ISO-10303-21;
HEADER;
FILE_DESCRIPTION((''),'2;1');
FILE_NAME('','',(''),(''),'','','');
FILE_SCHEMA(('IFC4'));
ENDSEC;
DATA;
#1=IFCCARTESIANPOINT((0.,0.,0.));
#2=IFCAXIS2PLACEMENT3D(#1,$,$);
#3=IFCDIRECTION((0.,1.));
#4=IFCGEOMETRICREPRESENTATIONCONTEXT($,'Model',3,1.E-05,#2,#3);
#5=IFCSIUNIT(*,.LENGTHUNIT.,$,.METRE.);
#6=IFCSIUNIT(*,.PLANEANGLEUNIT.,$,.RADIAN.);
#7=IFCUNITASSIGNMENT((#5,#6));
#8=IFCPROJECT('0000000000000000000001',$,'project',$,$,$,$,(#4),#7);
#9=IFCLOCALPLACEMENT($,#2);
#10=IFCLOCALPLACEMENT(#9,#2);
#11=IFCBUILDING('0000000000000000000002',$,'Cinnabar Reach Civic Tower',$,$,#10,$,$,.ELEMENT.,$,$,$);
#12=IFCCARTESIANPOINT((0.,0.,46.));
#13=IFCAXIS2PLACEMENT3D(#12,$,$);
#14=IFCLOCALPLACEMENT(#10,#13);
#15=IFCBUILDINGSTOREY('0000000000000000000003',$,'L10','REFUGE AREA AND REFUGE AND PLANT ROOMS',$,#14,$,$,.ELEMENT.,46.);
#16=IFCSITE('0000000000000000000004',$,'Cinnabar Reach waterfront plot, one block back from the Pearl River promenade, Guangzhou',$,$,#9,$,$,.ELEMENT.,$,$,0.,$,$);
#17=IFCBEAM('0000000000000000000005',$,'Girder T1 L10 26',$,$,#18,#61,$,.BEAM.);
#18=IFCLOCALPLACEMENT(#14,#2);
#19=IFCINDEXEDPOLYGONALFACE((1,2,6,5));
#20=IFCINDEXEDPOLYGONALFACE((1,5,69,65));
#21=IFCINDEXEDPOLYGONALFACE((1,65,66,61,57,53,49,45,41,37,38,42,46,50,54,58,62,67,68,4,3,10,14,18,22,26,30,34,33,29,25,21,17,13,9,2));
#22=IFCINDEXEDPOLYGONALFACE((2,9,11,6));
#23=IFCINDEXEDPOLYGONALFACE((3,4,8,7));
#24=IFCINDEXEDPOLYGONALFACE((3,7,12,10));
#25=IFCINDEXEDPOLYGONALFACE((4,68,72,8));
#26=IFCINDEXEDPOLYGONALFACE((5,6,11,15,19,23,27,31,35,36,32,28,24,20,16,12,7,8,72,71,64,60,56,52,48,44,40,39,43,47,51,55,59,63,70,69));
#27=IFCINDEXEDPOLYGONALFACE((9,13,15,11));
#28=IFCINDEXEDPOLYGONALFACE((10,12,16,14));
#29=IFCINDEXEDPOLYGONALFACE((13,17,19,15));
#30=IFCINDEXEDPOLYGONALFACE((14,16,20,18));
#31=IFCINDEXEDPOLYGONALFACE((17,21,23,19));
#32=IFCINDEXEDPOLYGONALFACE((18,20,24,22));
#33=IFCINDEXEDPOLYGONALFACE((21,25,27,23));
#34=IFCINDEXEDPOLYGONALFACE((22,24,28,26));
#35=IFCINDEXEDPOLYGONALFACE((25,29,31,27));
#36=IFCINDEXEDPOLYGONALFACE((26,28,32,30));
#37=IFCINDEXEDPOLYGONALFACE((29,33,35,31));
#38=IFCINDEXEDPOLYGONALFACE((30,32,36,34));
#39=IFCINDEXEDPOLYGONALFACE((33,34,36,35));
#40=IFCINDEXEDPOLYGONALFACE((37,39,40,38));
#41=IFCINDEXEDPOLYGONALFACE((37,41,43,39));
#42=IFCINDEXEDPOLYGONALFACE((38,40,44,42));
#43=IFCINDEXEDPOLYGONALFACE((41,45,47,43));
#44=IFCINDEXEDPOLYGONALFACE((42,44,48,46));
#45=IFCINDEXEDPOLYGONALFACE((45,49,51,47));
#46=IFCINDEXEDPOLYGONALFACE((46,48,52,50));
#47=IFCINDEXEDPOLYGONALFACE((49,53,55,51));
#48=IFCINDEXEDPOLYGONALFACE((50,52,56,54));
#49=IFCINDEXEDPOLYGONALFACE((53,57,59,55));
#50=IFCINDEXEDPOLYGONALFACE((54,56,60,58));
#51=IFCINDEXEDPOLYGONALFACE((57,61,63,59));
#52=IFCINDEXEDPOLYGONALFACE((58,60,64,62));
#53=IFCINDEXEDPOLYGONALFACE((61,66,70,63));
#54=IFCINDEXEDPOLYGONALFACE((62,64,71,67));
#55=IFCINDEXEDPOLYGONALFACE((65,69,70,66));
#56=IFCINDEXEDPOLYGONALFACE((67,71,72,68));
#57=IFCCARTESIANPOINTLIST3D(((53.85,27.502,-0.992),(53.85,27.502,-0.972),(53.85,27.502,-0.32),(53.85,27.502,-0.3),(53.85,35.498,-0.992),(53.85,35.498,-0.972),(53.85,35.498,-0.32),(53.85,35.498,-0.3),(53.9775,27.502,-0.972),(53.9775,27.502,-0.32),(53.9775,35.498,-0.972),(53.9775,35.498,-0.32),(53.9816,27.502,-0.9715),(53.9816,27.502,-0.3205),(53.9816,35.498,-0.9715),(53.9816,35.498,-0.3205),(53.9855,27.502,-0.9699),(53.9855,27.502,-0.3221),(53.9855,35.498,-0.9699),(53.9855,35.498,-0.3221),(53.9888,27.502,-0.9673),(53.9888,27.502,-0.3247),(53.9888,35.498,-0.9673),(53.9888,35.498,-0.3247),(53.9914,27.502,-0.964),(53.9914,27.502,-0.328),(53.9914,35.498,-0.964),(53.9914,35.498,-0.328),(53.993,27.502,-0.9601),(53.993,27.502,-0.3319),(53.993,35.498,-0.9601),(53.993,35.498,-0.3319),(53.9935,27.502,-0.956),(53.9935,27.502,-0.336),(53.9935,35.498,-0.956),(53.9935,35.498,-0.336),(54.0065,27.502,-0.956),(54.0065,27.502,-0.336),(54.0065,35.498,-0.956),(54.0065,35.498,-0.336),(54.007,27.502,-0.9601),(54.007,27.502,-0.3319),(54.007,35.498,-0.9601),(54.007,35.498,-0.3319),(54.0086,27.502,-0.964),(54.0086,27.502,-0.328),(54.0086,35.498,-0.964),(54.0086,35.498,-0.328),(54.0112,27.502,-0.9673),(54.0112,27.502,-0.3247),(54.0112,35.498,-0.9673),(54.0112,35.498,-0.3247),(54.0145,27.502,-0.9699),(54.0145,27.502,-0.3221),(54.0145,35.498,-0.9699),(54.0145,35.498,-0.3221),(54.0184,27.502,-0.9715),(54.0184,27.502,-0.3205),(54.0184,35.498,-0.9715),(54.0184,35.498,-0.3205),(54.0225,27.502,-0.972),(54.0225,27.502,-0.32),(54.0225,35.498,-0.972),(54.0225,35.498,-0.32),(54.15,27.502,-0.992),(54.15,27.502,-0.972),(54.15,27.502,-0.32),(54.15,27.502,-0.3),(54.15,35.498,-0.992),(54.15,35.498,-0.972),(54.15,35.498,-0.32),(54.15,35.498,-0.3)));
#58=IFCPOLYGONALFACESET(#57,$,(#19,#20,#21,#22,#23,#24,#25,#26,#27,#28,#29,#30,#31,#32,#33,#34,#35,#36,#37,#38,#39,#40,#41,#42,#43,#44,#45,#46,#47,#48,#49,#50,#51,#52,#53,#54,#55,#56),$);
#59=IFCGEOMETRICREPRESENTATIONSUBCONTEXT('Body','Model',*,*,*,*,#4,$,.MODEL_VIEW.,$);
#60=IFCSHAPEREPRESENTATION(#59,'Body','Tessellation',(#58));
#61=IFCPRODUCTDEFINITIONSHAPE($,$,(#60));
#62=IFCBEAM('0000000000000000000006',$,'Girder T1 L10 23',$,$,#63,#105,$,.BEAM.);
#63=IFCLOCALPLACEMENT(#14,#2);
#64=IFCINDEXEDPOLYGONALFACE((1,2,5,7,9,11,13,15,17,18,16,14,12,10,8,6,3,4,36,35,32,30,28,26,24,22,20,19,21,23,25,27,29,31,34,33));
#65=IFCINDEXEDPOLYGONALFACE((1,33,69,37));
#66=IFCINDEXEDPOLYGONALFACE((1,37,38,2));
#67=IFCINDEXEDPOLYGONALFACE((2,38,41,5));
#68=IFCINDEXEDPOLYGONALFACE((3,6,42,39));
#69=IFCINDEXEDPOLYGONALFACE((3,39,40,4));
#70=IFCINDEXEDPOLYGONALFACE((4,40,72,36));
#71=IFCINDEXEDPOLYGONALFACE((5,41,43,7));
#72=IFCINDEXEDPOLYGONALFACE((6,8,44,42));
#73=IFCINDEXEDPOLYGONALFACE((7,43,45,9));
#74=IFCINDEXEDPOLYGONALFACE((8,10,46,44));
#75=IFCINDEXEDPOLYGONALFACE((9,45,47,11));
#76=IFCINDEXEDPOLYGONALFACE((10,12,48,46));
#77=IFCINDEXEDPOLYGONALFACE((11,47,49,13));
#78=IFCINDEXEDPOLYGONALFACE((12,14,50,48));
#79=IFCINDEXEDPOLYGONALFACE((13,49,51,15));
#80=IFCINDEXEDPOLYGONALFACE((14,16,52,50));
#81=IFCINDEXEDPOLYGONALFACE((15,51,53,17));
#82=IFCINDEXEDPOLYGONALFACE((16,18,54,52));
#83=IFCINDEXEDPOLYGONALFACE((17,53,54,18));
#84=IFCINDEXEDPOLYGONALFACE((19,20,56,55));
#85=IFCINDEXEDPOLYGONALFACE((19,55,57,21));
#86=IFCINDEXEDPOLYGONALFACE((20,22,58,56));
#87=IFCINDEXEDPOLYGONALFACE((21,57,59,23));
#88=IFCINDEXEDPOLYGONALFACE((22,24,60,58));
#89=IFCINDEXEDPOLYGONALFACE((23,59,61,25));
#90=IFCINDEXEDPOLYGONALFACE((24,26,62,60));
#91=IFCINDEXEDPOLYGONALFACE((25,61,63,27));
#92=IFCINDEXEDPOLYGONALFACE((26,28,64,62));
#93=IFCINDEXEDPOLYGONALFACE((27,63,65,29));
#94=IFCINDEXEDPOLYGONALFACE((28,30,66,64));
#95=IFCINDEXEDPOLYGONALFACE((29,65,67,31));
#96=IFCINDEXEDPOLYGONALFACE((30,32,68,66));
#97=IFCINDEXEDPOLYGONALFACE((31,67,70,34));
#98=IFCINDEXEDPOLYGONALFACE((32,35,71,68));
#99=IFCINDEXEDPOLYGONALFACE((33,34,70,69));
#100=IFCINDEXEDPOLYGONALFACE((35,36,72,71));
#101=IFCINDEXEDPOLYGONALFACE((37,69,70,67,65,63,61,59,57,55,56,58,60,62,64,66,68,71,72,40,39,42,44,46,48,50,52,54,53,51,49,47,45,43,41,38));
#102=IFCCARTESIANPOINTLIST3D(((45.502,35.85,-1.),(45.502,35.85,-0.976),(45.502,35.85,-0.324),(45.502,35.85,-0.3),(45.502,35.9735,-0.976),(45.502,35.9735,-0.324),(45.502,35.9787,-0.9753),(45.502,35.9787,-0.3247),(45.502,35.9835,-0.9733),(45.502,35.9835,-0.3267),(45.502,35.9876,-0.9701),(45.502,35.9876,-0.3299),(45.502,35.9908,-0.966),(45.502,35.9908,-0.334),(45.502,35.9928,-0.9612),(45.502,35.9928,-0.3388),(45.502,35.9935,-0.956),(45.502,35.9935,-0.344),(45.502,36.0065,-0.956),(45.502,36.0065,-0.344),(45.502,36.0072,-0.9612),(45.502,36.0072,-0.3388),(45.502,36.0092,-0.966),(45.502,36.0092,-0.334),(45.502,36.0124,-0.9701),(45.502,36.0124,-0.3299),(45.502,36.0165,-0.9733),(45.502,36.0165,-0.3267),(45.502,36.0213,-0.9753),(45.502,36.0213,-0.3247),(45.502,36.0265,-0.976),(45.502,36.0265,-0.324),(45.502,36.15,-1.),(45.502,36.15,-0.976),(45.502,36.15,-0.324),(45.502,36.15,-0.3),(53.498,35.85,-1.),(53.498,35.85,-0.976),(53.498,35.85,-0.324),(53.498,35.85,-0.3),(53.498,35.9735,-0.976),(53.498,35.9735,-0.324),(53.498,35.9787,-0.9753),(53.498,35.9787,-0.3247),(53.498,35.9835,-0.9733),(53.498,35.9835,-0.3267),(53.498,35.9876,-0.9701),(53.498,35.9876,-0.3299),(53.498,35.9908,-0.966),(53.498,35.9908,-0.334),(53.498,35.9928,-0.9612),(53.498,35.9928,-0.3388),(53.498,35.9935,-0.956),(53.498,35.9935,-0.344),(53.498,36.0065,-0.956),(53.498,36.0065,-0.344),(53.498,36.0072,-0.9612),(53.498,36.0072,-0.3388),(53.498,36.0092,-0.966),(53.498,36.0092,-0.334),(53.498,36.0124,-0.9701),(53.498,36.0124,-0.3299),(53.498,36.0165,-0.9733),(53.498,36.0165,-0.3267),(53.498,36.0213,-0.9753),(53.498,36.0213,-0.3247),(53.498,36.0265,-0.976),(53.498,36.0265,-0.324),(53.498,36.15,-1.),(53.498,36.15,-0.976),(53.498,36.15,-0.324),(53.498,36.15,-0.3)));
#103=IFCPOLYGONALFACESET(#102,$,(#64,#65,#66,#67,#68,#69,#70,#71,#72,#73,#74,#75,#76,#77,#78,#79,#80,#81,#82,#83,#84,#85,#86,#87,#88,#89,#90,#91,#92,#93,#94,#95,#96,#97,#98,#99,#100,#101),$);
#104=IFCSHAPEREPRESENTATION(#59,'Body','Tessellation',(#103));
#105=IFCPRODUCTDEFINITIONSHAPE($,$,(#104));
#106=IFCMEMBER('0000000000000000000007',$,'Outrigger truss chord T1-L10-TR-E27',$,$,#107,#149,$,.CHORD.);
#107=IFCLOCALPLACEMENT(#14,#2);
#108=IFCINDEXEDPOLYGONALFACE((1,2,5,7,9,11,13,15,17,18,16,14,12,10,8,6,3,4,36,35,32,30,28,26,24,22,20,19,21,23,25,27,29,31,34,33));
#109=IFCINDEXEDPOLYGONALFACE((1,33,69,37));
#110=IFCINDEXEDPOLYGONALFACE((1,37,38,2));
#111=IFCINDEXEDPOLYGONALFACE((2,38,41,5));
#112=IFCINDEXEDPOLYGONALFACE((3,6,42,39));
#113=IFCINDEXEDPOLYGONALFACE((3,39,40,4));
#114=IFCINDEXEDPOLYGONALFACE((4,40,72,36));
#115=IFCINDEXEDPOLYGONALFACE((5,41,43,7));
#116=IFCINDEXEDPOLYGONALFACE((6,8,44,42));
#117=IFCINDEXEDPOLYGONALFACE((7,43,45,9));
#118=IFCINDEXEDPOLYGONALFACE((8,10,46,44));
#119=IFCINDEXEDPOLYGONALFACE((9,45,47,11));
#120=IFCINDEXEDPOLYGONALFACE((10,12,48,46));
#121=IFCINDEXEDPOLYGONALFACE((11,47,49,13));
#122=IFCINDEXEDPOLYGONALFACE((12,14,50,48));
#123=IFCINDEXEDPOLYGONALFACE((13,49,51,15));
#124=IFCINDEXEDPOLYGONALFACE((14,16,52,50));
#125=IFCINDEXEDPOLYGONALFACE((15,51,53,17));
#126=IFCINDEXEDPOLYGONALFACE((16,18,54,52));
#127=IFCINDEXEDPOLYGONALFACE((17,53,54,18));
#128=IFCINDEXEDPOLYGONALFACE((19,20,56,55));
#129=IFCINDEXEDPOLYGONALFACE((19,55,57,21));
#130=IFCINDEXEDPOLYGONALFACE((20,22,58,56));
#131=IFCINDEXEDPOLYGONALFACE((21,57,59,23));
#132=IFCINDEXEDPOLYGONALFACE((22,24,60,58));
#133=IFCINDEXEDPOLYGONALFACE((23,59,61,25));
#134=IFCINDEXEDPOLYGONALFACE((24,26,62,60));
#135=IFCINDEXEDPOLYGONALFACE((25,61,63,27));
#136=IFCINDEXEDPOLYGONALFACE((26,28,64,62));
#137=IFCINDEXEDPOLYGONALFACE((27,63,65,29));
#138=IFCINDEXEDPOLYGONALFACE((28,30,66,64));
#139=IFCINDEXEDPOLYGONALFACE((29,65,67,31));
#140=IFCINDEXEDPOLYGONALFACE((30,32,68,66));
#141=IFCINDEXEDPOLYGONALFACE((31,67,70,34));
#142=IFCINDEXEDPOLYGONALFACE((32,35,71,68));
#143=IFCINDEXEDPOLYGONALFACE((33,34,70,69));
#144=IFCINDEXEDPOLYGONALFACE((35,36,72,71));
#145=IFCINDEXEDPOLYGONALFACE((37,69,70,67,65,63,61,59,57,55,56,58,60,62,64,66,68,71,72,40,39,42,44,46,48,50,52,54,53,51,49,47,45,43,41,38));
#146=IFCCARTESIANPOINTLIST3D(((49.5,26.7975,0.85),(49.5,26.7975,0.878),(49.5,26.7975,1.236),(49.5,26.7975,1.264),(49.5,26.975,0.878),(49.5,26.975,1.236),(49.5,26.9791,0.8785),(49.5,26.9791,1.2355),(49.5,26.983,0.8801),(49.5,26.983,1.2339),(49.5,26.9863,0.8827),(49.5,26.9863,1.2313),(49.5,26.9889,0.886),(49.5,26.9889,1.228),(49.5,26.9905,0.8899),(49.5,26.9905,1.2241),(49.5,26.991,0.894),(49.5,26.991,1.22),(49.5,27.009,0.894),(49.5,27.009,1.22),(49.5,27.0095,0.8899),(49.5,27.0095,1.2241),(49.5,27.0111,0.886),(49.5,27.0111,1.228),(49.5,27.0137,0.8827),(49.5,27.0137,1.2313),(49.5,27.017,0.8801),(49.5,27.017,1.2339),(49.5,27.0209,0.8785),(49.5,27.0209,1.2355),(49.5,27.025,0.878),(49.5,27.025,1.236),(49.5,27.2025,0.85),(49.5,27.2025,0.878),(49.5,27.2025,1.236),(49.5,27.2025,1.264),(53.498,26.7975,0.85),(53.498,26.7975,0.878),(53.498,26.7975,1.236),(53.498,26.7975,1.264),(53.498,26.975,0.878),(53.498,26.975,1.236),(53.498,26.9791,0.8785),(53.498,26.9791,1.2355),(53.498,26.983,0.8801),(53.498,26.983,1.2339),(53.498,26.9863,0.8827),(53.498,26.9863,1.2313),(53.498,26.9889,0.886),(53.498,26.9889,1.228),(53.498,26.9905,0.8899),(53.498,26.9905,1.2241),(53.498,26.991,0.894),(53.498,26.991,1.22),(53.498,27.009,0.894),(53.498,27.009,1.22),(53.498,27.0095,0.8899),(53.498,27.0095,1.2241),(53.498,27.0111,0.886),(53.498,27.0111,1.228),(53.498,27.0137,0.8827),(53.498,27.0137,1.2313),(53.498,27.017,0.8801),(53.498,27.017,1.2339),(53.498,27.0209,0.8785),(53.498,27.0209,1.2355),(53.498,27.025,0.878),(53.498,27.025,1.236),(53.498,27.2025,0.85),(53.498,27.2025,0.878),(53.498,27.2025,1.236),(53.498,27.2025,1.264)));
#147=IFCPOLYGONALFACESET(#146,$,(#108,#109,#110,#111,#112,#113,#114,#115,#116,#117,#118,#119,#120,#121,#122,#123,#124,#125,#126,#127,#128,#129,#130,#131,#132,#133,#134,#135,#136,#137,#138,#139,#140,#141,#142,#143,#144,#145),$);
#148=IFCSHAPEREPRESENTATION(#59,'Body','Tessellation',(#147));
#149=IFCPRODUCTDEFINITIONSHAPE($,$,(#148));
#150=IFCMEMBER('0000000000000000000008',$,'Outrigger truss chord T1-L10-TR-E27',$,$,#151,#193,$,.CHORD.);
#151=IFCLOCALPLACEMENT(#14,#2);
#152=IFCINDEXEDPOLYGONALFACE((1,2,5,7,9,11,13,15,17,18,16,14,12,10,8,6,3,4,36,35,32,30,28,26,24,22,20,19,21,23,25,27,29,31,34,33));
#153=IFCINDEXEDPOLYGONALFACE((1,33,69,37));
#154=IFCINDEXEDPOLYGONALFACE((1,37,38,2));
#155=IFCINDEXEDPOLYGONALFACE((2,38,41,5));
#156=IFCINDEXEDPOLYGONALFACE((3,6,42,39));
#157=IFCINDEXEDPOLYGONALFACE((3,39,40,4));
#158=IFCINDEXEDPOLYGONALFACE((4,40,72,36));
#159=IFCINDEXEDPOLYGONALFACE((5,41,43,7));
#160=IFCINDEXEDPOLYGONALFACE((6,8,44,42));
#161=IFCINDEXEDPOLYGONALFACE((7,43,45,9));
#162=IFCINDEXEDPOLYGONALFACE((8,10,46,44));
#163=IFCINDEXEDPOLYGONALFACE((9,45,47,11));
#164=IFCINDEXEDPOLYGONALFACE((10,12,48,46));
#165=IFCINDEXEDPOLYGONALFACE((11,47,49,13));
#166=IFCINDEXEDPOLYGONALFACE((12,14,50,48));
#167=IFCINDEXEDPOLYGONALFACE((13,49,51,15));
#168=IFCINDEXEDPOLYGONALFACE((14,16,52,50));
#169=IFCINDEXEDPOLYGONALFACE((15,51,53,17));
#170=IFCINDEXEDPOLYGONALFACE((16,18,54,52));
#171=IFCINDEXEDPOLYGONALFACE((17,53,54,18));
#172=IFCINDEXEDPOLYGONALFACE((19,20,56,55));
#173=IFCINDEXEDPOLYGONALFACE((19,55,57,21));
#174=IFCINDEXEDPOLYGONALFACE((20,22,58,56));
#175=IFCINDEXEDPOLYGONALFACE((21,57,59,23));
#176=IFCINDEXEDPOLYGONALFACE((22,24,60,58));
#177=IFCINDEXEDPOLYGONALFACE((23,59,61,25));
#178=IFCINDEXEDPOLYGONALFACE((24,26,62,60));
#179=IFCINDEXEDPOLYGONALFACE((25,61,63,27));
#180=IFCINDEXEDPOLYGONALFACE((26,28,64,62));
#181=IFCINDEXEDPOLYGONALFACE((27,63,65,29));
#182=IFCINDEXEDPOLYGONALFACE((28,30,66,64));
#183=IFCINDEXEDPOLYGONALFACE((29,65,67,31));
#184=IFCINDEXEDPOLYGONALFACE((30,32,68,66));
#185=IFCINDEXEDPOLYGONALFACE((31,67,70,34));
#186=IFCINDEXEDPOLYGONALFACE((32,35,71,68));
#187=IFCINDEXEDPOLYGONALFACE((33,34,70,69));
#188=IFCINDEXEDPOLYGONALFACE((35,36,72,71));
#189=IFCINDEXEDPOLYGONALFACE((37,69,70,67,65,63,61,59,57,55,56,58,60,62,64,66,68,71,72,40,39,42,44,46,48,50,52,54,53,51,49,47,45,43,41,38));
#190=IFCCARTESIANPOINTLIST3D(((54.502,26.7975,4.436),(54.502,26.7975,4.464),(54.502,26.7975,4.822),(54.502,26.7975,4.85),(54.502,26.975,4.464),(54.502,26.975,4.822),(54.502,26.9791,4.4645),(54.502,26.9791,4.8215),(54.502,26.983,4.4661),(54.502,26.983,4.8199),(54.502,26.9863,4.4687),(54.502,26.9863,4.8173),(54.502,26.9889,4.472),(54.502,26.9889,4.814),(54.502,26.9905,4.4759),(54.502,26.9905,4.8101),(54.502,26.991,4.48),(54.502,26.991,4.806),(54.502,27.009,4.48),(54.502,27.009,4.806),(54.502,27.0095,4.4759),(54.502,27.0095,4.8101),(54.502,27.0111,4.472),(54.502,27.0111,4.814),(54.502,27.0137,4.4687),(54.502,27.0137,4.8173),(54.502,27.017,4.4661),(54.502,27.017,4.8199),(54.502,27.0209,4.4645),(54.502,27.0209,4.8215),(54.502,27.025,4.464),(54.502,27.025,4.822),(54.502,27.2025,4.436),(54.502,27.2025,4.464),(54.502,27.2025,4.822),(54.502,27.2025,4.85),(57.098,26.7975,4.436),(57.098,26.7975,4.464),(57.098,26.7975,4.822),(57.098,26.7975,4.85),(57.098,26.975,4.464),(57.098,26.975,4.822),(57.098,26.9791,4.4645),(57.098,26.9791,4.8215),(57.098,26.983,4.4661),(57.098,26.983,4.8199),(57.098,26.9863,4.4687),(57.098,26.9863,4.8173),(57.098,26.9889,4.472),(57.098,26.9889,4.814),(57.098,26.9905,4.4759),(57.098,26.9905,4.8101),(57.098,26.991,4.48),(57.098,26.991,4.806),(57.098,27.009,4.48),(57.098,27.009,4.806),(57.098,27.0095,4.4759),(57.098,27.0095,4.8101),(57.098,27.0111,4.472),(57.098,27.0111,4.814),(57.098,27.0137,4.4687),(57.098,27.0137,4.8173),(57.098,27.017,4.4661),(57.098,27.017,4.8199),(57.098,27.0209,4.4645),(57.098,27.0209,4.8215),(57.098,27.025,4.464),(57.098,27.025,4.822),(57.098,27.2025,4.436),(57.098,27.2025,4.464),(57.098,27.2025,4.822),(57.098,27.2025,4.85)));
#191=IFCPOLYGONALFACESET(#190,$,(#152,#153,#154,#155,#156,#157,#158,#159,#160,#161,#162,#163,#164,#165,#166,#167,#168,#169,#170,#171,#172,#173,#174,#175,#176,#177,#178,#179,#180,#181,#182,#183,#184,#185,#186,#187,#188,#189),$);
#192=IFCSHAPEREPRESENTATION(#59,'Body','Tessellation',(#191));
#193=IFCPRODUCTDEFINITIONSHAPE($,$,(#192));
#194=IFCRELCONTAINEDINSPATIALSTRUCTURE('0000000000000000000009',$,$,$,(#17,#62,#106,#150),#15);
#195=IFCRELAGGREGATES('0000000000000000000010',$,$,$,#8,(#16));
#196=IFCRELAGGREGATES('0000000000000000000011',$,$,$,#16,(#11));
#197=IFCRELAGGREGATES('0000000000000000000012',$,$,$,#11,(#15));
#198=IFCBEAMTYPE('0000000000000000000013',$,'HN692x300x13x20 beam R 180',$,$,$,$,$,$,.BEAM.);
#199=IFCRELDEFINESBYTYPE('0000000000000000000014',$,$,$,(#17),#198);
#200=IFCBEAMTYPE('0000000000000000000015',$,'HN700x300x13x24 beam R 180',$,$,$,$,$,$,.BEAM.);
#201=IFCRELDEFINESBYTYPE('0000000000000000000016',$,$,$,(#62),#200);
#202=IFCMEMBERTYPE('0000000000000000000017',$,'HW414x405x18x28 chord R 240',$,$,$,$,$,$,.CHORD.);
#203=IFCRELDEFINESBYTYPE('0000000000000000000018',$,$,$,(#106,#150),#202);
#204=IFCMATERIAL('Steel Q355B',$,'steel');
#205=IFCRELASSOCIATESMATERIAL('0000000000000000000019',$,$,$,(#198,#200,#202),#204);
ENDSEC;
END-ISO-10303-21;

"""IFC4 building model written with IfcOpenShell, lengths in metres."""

from ifc_helpers import new_model, si_unit, direction, frame, origin, origin_2d, place, context, subcontext, project, spatial, i_section, extrude, material, material_profile, profile_set, type_object, element, save


model = new_model("IFC4")

# Units and contexts
model_context = context("Model", 3, precision=1e-05, world=origin(), true_north=direction((0.0, 1.0)))
body_context = subcontext(model_context, "Body", "Model", "MODEL_VIEW")
ifc_project = project(units=[si_unit("LENGTHUNIT", "METRE"), si_unit("PLANEANGLEUNIT", "RADIAN")], contexts=[model_context])

# Site, building, storey
site_placement = place(None, origin())
site = spatial("IfcSite", under=ifc_project, at=site_placement, Name="Cinnabar Reach waterfront plot, one block back from the Pearl River promenade, Guangzhou", CompositionType="ELEMENT", RefElevation=0.0)
building_placement = place(site_placement, origin())
building = spatial("IfcBuilding", under=site, at=building_placement, Name="Cinnabar Reach Civic Tower", CompositionType="ELEMENT")
storey_placement = place(building_placement, frame((0.0, 0.0, 46.0)))
storey = spatial("IfcBuildingStorey", under=building, at=storey_placement, Name="L10", Description="REFUGE AREA AND REFUGE AND PLANT ROOMS", CompositionType="ELEMENT", Elevation=46.0)

# Shared definitions
ifc_material_1 = material(Name="Steel Q355B", Category="steel")

# Beams
ifc_material_profile_1 = material_profile(ifc_material_1, i_section(OverallWidth=0.3, OverallDepth=0.692, WebThickness=0.013, FlangeThickness=0.02, FilletRadius=0.016, at=origin_2d()), Name="HN692x300x13x20")
ifc_profile_set_1 = profile_set([ifc_material_profile_1], Name="Steel Q355B")
beam_type_1 = type_object("IfcBeamType", Name="HN692x300x13x20 beam R 180", PredefinedType="BEAM", material=ifc_profile_set_1)
beam_1_placement = place(storey_placement, frame((54.0, 27.502, -0.646), z_axis=(0.0, 1.0, 0.0), x_axis=(-1.0, 0.0, 0.0)))
element("IfcBeam", 1, at=beam_1_placement, inside=storey, type_object=beam_type_1, Name="Girder T1 L10 26", PredefinedType="BEAM", context=body_context, shape_type="SweptSolid", body=[
    extrude(i_section(OverallWidth=0.3, OverallDepth=0.692, WebThickness=0.013, FlangeThickness=0.02, FilletRadius=0.016, at=origin_2d()), origin(), (0.0, 0.0, 1.0), 7.996),
])
ifc_material_profile_2 = material_profile(ifc_material_1, i_section(OverallWidth=0.3, OverallDepth=0.7, WebThickness=0.013, FlangeThickness=0.024, FilletRadius=0.02, at=origin_2d()), Name="HN700x300x13x24")
ifc_profile_set_2 = profile_set([ifc_material_profile_2], Name="Steel Q355B")
beam_type_2 = type_object("IfcBeamType", Name="HN700x300x13x24 beam R 180", PredefinedType="BEAM", material=ifc_profile_set_2)
beam_2_placement = place(storey_placement, frame((45.502, 36.0, -0.65), z_axis=(1.0, 0.0, 0.0), x_axis=(0.0, 1.0, 0.0)))
element("IfcBeam", 2, at=beam_2_placement, inside=storey, type_object=beam_type_2, Name="Girder T1 L10 23", PredefinedType="BEAM", context=body_context, shape_type="SweptSolid", body=[
    extrude(i_section(OverallWidth=0.3, OverallDepth=0.7, WebThickness=0.013, FlangeThickness=0.024, FilletRadius=0.02, at=origin_2d()), origin(), (0.0, 0.0, 1.0), 7.996),
])

# Members
ifc_material_profile_3 = material_profile(ifc_material_1, i_section(OverallWidth=0.405, OverallDepth=0.414, WebThickness=0.018, FlangeThickness=0.028, FilletRadius=0.016, at=origin_2d()), Name="HW414x405x18x28")
ifc_profile_set_3 = profile_set([ifc_material_profile_3], Name="Steel Q355B")
member_type_1 = type_object("IfcMemberType", Name="HW414x405x18x28 chord R 240", PredefinedType="CHORD", material=ifc_profile_set_3)
member_1_placement = place(storey_placement, frame((49.5, 27.0, 1.057), z_axis=(1.0, 0.0, 0.0), x_axis=(0.0, 1.0, 0.0)))
element("IfcMember", 3, at=member_1_placement, inside=storey, type_object=member_type_1, Name="Outrigger truss chord T1-L10-TR-E27", PredefinedType="CHORD", context=body_context, shape_type="SweptSolid", body=[
    extrude(i_section(OverallWidth=0.405, OverallDepth=0.414, WebThickness=0.018, FlangeThickness=0.028, FilletRadius=0.016, at=origin_2d()), origin(), (0.0, 0.0, 1.0), 3.998),
])
for number, where, z_axis, x_axis, name in (
    (4, (54.502, 27.0, 4.643), (1.0, 0.0, 0.0), (0.0, 1.0, 0.0), "Outrigger truss chord T1-L10-TR-E27"),
):
    element("IfcMember", number, at=place(storey_placement, frame(where, z_axis=z_axis, x_axis=x_axis)), inside=storey, type_object=member_type_1, Name=name, PredefinedType="CHORD", context=body_context, shape_type="SweptSolid", body=[
        extrude(i_section(OverallWidth=0.405, OverallDepth=0.414, WebThickness=0.018, FlangeThickness=0.028, FilletRadius=0.016, at=origin_2d()), origin(), (0.0, 0.0, 1.0), 2.596),
    ])

save(model, "model.ifc")
